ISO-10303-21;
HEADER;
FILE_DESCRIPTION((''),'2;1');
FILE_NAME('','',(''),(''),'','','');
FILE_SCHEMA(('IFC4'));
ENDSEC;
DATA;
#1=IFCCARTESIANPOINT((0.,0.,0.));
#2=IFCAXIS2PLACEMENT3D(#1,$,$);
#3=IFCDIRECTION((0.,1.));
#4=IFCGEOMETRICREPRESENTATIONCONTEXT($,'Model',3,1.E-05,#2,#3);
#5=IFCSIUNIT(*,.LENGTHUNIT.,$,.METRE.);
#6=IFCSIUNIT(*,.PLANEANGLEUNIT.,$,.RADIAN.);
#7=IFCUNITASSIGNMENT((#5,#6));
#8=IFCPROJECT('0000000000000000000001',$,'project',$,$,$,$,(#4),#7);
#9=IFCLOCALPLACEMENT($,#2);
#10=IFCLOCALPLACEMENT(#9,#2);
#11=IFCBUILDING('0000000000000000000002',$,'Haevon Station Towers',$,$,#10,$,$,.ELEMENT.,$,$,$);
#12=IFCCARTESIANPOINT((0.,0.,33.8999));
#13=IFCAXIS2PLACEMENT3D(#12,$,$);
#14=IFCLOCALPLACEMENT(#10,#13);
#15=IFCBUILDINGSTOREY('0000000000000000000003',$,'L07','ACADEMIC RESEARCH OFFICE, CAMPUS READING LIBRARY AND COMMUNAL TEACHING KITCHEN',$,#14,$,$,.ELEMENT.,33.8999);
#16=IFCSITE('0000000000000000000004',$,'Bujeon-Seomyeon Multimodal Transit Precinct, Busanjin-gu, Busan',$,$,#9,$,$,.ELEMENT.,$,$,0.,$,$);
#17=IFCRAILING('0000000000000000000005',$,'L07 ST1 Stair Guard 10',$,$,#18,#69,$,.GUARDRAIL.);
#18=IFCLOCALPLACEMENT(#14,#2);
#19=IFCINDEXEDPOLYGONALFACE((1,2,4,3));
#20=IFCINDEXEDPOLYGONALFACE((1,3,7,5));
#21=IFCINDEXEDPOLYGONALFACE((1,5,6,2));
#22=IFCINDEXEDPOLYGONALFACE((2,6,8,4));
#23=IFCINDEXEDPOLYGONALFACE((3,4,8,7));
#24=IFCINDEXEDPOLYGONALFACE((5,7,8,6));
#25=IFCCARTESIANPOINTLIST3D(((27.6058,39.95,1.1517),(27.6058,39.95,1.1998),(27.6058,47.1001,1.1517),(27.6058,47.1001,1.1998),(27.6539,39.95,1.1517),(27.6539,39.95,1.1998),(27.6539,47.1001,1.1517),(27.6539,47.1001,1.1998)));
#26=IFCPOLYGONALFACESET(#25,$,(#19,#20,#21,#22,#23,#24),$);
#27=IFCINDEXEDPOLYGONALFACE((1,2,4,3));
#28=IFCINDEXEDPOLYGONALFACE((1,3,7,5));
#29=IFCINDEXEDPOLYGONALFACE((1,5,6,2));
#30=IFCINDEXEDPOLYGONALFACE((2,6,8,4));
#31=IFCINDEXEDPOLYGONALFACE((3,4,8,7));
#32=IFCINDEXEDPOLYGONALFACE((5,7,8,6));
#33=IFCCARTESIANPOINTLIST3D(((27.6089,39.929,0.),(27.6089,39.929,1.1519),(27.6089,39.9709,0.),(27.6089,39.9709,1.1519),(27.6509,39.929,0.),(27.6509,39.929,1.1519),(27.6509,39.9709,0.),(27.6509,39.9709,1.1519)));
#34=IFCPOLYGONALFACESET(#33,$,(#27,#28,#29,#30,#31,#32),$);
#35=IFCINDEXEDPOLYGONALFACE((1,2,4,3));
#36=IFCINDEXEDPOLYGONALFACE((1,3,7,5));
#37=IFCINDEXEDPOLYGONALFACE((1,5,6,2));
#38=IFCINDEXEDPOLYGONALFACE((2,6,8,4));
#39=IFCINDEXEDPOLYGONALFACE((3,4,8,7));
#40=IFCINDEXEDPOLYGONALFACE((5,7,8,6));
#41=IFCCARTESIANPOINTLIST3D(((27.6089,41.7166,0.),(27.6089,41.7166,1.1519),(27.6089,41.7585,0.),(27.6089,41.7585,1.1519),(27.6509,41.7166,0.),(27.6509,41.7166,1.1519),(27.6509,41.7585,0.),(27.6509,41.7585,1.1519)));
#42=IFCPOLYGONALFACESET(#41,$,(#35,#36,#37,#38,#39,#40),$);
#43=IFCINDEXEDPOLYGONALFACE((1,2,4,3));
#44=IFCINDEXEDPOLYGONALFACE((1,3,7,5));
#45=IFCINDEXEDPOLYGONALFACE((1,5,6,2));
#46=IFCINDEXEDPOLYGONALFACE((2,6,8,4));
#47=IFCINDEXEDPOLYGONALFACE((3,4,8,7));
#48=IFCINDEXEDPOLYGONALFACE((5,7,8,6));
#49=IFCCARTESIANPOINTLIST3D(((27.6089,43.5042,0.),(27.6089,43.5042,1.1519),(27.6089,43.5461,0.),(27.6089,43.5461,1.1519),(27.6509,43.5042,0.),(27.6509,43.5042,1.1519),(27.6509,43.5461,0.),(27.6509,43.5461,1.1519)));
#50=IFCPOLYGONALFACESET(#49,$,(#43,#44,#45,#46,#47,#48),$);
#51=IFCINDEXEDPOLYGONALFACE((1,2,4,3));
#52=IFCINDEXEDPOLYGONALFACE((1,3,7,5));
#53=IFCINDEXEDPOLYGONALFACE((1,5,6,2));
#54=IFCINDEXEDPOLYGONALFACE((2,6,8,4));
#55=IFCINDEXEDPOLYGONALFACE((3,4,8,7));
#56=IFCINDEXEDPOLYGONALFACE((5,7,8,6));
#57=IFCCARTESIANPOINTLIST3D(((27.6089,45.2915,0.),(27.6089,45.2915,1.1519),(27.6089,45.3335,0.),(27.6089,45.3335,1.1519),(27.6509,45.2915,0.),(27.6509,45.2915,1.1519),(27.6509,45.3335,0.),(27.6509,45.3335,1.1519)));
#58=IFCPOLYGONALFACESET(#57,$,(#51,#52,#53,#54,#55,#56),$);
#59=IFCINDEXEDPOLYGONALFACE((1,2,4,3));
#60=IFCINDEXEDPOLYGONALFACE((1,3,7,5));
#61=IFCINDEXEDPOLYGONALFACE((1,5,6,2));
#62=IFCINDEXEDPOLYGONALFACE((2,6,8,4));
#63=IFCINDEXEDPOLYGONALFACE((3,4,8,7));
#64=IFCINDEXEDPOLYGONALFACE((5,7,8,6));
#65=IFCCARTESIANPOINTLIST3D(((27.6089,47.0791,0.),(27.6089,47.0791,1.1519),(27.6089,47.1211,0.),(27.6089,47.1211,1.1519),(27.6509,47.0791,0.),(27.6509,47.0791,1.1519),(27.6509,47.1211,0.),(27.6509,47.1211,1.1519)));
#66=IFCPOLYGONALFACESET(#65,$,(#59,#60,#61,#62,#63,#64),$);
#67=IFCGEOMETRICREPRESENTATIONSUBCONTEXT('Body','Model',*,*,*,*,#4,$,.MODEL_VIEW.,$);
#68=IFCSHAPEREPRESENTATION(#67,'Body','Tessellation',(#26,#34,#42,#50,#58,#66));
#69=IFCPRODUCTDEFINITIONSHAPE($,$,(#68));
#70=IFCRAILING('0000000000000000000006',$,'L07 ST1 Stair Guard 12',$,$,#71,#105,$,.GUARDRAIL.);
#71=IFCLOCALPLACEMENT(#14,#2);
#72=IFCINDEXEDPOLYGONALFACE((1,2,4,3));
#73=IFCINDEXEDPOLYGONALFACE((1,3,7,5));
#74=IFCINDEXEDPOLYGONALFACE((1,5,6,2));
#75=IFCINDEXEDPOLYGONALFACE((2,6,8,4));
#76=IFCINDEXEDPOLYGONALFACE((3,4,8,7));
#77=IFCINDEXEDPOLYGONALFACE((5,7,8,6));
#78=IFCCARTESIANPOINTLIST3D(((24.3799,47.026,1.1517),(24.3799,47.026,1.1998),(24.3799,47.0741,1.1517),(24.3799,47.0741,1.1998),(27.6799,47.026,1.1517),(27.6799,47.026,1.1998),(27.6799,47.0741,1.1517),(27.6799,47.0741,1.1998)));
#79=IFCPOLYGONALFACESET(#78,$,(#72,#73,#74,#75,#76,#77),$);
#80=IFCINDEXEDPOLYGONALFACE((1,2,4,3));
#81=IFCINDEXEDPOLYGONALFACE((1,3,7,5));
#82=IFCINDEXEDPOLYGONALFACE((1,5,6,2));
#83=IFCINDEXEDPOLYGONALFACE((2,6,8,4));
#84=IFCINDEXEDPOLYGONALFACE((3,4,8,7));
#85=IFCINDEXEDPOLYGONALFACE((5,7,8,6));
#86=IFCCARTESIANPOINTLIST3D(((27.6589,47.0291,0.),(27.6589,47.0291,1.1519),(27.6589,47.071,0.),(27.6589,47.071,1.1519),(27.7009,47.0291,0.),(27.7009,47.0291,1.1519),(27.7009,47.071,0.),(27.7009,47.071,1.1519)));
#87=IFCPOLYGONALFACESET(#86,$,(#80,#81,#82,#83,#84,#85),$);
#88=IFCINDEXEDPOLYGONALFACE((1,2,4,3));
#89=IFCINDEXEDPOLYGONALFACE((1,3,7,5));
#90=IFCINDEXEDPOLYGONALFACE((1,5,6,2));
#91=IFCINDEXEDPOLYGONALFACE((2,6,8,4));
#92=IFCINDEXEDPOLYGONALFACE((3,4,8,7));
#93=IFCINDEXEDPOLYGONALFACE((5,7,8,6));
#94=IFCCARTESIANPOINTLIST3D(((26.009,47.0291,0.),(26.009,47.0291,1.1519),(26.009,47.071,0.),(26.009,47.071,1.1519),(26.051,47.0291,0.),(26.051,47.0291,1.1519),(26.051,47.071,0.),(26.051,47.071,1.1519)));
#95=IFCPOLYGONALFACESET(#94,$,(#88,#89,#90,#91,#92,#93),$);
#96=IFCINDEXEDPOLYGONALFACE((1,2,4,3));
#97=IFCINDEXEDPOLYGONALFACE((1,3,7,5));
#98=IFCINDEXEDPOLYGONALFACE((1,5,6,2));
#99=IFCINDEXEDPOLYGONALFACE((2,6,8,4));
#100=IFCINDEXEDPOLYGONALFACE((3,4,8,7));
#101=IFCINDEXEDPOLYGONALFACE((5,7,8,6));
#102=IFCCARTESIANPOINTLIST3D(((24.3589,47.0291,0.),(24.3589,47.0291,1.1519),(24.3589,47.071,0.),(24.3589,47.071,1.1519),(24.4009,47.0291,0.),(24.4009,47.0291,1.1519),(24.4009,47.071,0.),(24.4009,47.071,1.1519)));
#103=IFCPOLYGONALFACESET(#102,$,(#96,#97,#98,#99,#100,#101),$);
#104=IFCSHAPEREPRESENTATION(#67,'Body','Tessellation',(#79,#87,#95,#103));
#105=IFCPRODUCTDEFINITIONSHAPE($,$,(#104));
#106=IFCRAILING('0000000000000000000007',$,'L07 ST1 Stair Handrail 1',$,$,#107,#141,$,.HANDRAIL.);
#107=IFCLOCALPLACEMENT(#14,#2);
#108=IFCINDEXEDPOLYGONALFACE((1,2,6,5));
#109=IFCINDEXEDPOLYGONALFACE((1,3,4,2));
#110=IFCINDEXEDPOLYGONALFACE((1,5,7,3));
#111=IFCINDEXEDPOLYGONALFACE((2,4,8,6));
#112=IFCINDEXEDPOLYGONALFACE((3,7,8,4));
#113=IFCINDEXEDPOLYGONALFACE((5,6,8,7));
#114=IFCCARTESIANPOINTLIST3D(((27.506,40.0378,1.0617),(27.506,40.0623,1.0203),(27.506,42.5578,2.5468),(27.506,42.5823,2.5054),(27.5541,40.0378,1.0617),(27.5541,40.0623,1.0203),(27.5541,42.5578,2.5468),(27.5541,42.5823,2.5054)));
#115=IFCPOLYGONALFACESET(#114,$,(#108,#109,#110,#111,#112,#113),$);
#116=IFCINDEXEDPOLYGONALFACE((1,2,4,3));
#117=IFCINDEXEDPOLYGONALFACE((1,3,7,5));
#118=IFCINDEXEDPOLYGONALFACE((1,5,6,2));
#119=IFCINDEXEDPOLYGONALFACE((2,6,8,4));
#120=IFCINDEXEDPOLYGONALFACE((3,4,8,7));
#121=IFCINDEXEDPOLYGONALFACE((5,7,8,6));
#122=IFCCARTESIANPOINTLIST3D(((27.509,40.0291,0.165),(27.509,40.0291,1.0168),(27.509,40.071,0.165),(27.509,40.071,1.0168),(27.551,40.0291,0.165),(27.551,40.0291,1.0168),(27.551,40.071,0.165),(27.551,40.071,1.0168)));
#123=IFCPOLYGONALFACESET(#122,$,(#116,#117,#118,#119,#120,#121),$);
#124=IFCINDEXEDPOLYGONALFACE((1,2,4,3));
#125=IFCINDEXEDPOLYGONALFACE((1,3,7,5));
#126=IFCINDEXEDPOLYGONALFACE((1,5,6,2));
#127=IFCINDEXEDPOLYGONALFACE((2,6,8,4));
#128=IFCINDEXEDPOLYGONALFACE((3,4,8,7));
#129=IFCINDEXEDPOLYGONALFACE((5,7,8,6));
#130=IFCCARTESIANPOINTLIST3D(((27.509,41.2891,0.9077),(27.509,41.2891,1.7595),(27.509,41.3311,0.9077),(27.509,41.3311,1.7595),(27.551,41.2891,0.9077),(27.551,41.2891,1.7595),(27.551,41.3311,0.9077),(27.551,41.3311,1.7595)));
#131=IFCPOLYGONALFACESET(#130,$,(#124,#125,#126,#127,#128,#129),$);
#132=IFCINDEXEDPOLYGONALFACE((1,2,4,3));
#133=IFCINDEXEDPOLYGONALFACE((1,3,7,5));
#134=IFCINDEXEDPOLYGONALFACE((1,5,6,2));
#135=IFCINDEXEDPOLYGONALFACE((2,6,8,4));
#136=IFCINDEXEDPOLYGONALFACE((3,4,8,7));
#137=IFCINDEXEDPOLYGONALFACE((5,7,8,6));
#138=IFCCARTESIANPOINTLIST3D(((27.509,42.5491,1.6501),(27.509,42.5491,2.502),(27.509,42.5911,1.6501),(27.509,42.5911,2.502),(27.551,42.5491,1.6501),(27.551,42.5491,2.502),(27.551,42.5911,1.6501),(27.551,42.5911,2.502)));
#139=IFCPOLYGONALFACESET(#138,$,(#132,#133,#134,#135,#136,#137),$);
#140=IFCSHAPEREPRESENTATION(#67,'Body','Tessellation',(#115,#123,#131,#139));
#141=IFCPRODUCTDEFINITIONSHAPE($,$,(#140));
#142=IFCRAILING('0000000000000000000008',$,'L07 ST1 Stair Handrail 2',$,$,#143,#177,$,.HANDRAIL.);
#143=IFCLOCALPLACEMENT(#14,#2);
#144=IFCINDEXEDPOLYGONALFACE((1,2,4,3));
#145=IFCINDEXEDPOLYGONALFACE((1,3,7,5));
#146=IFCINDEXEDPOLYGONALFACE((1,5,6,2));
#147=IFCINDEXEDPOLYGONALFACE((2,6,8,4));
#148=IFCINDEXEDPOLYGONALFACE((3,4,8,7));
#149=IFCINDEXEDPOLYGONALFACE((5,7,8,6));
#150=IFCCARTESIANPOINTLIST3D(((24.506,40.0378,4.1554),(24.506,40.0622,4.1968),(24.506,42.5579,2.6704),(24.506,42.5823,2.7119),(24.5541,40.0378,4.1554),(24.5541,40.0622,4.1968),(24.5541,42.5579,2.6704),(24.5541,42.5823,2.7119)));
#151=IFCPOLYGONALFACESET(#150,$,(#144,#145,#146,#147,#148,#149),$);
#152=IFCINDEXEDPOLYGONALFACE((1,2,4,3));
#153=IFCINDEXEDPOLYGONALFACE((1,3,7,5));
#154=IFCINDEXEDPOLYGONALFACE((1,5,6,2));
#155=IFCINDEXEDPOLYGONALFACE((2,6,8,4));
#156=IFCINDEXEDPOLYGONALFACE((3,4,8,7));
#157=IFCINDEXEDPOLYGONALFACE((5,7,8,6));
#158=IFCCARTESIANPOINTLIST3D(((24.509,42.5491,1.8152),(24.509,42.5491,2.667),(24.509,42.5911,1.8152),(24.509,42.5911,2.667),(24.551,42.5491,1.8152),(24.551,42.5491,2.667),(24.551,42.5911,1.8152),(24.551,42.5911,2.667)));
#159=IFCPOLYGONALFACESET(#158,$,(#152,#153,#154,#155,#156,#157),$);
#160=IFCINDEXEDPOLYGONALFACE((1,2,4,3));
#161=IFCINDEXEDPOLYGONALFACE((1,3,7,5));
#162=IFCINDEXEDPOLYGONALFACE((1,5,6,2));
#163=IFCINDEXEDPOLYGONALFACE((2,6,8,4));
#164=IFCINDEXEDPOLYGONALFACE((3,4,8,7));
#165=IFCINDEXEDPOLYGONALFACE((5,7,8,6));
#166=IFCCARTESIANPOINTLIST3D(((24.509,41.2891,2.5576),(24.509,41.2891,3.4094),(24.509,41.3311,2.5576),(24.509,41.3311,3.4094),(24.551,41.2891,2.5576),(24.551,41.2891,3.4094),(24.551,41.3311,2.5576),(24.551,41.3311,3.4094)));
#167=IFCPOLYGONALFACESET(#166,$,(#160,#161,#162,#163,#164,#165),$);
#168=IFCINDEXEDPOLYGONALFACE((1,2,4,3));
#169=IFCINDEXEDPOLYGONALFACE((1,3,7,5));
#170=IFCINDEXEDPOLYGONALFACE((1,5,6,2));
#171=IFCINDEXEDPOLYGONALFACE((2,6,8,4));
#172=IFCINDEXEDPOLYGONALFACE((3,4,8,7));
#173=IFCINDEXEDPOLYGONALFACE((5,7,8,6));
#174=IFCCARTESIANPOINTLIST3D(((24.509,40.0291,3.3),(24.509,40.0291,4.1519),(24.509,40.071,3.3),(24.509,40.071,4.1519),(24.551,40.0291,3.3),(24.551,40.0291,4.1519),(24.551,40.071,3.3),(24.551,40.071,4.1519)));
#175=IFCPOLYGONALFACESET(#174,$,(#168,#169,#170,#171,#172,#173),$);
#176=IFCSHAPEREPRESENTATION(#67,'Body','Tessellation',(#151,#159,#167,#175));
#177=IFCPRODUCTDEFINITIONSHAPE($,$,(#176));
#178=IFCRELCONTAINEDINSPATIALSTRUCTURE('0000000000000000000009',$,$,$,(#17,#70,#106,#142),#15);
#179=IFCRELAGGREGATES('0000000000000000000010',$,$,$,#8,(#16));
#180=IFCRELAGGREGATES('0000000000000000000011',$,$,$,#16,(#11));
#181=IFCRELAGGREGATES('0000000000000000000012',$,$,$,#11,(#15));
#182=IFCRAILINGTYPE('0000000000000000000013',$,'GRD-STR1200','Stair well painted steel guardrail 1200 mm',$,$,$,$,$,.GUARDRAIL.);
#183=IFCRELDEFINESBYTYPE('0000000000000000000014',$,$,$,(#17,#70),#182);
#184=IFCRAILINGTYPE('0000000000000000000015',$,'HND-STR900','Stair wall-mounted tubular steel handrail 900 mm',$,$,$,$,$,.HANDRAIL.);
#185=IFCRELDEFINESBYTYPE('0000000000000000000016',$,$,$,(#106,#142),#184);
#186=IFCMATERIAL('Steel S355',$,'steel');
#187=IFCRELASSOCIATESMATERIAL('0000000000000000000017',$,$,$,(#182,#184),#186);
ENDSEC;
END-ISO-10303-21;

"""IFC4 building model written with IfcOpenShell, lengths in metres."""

from ifc_helpers import new_model, si_unit, direction, frame, origin, origin_2d, place, context, subcontext, project, spatial, rectangle, extrude, material, type_object, element, save


model = new_model("IFC4")

# Units and contexts
model_context = context("Model", 3, precision=1e-05, world=origin(), true_north=direction((0.0, 1.0)))
body_context = subcontext(model_context, "Body", "Model", "MODEL_VIEW")
ifc_project = project(units=[si_unit("LENGTHUNIT", "METRE"), si_unit("PLANEANGLEUNIT", "RADIAN")], contexts=[model_context])

# Site, building, storey
site_placement = place(None, origin())
site = spatial("IfcSite", under=ifc_project, at=site_placement, Name="Bujeon-Seomyeon Multimodal Transit Precinct, Busanjin-gu, Busan", CompositionType="ELEMENT", RefElevation=0.0)
building_placement = place(site_placement, origin())
building = spatial("IfcBuilding", under=site, at=building_placement, Name="Haevon Station Towers", CompositionType="ELEMENT")
storey_placement = place(building_placement, frame((0.0, 0.0, 33.8999)))
storey = spatial("IfcBuildingStorey", under=building, at=storey_placement, Name="L07", Description="ACADEMIC RESEARCH OFFICE, CAMPUS READING LIBRARY AND COMMUNAL TEACHING KITCHEN", CompositionType="ELEMENT", Elevation=33.8999)

# Shared definitions
ifc_material_1 = material(Name="Steel S355", Category="steel")

# Railings
railing_type_1 = type_object("IfcRailingType", Name="GRD-STR1200", Description="Stair well painted steel guardrail 1200 mm", PredefinedType="GUARDRAIL", material=ifc_material_1)
railing_1_placement = place(storey_placement, frame((27.6299, 39.95, 0.0)))
element("IfcRailing", 1, at=railing_1_placement, inside=storey, type_object=railing_type_1, Name="L07 ST1 Stair Guard 10", PredefinedType="GUARDRAIL", context=body_context, shape_type="SweptSolid", body=[
    extrude(rectangle(XDim=0.0481, YDim=0.0481, at=origin_2d()), frame((0.0, 0.0, 1.1758), z_axis=(0.0, 1.0, 0.0), x_axis=(-1.0, 0.0, 0.0)), (0.0, 0.0, 1.0), 7.1501),
    extrude(rectangle(XDim=0.042, YDim=0.042, at=origin_2d()), origin(), (0.0, 0.0, 1.0), 1.1519),
    extrude(rectangle(XDim=0.042, YDim=0.042, at=origin_2d()), frame((0.0, 1.7876, 0.0)), (0.0, 0.0, 1.0), 1.1519),
    extrude(rectangle(XDim=0.042, YDim=0.042, at=origin_2d()), frame((0.0, 3.5752, 0.0)), (0.0, 0.0, 1.0), 1.1519),
    extrude(rectangle(XDim=0.042, YDim=0.042, at=origin_2d()), frame((0.0, 5.3625, 0.0)), (0.0, 0.0, 1.0), 1.1519),
    extrude(rectangle(XDim=0.042, YDim=0.042, at=origin_2d()), frame((0.0, 7.1501, 0.0)), (0.0, 0.0, 1.0), 1.1519),
])
railing_2_placement = place(storey_placement, frame((27.6799, 47.05, 0.0)))
element("IfcRailing", 2, at=railing_2_placement, inside=storey, type_object=railing_type_1, Name="L07 ST1 Stair Guard 12", PredefinedType="GUARDRAIL", context=body_context, shape_type="SweptSolid", body=[
    extrude(rectangle(XDim=0.0481, YDim=0.0481, at=origin_2d()), frame((0.0, 0.0, 1.1758), z_axis=(-1.0, 0.0, 0.0), x_axis=(0.0, -1.0, 0.0)), (0.0, 0.0, 1.0), 3.3),
    extrude(rectangle(XDim=0.042, YDim=0.042, at=origin_2d()), origin(), (0.0, 0.0, 1.0), 1.1519),
    extrude(rectangle(XDim=0.042, YDim=0.042, at=origin_2d()), frame((-1.6499, 0.0, 0.0)), (0.0, 0.0, 1.0), 1.1519),
    extrude(rectangle(XDim=0.042, YDim=0.042, at=origin_2d()), frame((-3.3, 0.0, 0.0)), (0.0, 0.0, 1.0), 1.1519),
])
railing_type_2 = type_object("IfcRailingType", Name="HND-STR900", Description="Stair wall-mounted tubular steel handrail 900 mm", PredefinedType="HANDRAIL", material=ifc_material_1)
railing_3_placement = place(storey_placement, frame((27.53, 40.05, 0.165)))
element("IfcRailing", 3, at=railing_3_placement, inside=storey, type_object=railing_type_2, Name="L07 ST1 Stair Handrail 1", PredefinedType="HANDRAIL", context=body_context, shape_type="SweptSolid", body=[
    extrude(rectangle(XDim=0.0481, YDim=0.0481, at=origin_2d()), frame((0.0, 0.0, 0.876), z_axis=(0.0, 0.861524, 0.507717), x_axis=(-1.0, 0.0, 0.0)), (0.0, 0.0, 1.0), 2.925),
    extrude(rectangle(XDim=0.042, YDim=0.042, at=origin_2d()), origin(), (0.0, 0.0, 1.0), 0.8518),
    extrude(rectangle(XDim=0.042, YDim=0.042, at=origin_2d()), frame((0.0, 1.26, 0.7427)), (0.0, 0.0, 1.0), 0.8518),
    extrude(rectangle(XDim=0.042, YDim=0.042, at=origin_2d()), frame((0.0, 2.52, 1.4851)), (0.0, 0.0, 1.0), 0.8518),
])
railing_4_placement = place(storey_placement, frame((24.53, 42.5701, 1.8152)))
element("IfcRailing", 4, at=railing_4_placement, inside=storey, type_object=railing_type_2, Name="L07 ST1 Stair Handrail 2", PredefinedType="HANDRAIL", context=body_context, shape_type="SweptSolid", body=[
    extrude(rectangle(XDim=0.0481, YDim=0.0481, at=origin_2d()), frame((0.0, 0.0, 0.876), z_axis=(0.0, -0.861561, 0.507655), x_axis=(1.0, 0.0, 0.0)), (0.0, 0.0, 1.0), 2.925),
    extrude(rectangle(XDim=0.042, YDim=0.042, at=origin_2d()), origin(), (0.0, 0.0, 1.0), 0.8518),
    extrude(rectangle(XDim=0.042, YDim=0.042, at=origin_2d()), frame((0.0, -1.26, 0.7424)), (0.0, 0.0, 1.0), 0.8518),
    extrude(rectangle(XDim=0.042, YDim=0.042, at=origin_2d()), frame((0.0, -2.52, 1.4849)), (0.0, 0.0, 1.0), 0.8518),
])

save(model, "model.ifc")
